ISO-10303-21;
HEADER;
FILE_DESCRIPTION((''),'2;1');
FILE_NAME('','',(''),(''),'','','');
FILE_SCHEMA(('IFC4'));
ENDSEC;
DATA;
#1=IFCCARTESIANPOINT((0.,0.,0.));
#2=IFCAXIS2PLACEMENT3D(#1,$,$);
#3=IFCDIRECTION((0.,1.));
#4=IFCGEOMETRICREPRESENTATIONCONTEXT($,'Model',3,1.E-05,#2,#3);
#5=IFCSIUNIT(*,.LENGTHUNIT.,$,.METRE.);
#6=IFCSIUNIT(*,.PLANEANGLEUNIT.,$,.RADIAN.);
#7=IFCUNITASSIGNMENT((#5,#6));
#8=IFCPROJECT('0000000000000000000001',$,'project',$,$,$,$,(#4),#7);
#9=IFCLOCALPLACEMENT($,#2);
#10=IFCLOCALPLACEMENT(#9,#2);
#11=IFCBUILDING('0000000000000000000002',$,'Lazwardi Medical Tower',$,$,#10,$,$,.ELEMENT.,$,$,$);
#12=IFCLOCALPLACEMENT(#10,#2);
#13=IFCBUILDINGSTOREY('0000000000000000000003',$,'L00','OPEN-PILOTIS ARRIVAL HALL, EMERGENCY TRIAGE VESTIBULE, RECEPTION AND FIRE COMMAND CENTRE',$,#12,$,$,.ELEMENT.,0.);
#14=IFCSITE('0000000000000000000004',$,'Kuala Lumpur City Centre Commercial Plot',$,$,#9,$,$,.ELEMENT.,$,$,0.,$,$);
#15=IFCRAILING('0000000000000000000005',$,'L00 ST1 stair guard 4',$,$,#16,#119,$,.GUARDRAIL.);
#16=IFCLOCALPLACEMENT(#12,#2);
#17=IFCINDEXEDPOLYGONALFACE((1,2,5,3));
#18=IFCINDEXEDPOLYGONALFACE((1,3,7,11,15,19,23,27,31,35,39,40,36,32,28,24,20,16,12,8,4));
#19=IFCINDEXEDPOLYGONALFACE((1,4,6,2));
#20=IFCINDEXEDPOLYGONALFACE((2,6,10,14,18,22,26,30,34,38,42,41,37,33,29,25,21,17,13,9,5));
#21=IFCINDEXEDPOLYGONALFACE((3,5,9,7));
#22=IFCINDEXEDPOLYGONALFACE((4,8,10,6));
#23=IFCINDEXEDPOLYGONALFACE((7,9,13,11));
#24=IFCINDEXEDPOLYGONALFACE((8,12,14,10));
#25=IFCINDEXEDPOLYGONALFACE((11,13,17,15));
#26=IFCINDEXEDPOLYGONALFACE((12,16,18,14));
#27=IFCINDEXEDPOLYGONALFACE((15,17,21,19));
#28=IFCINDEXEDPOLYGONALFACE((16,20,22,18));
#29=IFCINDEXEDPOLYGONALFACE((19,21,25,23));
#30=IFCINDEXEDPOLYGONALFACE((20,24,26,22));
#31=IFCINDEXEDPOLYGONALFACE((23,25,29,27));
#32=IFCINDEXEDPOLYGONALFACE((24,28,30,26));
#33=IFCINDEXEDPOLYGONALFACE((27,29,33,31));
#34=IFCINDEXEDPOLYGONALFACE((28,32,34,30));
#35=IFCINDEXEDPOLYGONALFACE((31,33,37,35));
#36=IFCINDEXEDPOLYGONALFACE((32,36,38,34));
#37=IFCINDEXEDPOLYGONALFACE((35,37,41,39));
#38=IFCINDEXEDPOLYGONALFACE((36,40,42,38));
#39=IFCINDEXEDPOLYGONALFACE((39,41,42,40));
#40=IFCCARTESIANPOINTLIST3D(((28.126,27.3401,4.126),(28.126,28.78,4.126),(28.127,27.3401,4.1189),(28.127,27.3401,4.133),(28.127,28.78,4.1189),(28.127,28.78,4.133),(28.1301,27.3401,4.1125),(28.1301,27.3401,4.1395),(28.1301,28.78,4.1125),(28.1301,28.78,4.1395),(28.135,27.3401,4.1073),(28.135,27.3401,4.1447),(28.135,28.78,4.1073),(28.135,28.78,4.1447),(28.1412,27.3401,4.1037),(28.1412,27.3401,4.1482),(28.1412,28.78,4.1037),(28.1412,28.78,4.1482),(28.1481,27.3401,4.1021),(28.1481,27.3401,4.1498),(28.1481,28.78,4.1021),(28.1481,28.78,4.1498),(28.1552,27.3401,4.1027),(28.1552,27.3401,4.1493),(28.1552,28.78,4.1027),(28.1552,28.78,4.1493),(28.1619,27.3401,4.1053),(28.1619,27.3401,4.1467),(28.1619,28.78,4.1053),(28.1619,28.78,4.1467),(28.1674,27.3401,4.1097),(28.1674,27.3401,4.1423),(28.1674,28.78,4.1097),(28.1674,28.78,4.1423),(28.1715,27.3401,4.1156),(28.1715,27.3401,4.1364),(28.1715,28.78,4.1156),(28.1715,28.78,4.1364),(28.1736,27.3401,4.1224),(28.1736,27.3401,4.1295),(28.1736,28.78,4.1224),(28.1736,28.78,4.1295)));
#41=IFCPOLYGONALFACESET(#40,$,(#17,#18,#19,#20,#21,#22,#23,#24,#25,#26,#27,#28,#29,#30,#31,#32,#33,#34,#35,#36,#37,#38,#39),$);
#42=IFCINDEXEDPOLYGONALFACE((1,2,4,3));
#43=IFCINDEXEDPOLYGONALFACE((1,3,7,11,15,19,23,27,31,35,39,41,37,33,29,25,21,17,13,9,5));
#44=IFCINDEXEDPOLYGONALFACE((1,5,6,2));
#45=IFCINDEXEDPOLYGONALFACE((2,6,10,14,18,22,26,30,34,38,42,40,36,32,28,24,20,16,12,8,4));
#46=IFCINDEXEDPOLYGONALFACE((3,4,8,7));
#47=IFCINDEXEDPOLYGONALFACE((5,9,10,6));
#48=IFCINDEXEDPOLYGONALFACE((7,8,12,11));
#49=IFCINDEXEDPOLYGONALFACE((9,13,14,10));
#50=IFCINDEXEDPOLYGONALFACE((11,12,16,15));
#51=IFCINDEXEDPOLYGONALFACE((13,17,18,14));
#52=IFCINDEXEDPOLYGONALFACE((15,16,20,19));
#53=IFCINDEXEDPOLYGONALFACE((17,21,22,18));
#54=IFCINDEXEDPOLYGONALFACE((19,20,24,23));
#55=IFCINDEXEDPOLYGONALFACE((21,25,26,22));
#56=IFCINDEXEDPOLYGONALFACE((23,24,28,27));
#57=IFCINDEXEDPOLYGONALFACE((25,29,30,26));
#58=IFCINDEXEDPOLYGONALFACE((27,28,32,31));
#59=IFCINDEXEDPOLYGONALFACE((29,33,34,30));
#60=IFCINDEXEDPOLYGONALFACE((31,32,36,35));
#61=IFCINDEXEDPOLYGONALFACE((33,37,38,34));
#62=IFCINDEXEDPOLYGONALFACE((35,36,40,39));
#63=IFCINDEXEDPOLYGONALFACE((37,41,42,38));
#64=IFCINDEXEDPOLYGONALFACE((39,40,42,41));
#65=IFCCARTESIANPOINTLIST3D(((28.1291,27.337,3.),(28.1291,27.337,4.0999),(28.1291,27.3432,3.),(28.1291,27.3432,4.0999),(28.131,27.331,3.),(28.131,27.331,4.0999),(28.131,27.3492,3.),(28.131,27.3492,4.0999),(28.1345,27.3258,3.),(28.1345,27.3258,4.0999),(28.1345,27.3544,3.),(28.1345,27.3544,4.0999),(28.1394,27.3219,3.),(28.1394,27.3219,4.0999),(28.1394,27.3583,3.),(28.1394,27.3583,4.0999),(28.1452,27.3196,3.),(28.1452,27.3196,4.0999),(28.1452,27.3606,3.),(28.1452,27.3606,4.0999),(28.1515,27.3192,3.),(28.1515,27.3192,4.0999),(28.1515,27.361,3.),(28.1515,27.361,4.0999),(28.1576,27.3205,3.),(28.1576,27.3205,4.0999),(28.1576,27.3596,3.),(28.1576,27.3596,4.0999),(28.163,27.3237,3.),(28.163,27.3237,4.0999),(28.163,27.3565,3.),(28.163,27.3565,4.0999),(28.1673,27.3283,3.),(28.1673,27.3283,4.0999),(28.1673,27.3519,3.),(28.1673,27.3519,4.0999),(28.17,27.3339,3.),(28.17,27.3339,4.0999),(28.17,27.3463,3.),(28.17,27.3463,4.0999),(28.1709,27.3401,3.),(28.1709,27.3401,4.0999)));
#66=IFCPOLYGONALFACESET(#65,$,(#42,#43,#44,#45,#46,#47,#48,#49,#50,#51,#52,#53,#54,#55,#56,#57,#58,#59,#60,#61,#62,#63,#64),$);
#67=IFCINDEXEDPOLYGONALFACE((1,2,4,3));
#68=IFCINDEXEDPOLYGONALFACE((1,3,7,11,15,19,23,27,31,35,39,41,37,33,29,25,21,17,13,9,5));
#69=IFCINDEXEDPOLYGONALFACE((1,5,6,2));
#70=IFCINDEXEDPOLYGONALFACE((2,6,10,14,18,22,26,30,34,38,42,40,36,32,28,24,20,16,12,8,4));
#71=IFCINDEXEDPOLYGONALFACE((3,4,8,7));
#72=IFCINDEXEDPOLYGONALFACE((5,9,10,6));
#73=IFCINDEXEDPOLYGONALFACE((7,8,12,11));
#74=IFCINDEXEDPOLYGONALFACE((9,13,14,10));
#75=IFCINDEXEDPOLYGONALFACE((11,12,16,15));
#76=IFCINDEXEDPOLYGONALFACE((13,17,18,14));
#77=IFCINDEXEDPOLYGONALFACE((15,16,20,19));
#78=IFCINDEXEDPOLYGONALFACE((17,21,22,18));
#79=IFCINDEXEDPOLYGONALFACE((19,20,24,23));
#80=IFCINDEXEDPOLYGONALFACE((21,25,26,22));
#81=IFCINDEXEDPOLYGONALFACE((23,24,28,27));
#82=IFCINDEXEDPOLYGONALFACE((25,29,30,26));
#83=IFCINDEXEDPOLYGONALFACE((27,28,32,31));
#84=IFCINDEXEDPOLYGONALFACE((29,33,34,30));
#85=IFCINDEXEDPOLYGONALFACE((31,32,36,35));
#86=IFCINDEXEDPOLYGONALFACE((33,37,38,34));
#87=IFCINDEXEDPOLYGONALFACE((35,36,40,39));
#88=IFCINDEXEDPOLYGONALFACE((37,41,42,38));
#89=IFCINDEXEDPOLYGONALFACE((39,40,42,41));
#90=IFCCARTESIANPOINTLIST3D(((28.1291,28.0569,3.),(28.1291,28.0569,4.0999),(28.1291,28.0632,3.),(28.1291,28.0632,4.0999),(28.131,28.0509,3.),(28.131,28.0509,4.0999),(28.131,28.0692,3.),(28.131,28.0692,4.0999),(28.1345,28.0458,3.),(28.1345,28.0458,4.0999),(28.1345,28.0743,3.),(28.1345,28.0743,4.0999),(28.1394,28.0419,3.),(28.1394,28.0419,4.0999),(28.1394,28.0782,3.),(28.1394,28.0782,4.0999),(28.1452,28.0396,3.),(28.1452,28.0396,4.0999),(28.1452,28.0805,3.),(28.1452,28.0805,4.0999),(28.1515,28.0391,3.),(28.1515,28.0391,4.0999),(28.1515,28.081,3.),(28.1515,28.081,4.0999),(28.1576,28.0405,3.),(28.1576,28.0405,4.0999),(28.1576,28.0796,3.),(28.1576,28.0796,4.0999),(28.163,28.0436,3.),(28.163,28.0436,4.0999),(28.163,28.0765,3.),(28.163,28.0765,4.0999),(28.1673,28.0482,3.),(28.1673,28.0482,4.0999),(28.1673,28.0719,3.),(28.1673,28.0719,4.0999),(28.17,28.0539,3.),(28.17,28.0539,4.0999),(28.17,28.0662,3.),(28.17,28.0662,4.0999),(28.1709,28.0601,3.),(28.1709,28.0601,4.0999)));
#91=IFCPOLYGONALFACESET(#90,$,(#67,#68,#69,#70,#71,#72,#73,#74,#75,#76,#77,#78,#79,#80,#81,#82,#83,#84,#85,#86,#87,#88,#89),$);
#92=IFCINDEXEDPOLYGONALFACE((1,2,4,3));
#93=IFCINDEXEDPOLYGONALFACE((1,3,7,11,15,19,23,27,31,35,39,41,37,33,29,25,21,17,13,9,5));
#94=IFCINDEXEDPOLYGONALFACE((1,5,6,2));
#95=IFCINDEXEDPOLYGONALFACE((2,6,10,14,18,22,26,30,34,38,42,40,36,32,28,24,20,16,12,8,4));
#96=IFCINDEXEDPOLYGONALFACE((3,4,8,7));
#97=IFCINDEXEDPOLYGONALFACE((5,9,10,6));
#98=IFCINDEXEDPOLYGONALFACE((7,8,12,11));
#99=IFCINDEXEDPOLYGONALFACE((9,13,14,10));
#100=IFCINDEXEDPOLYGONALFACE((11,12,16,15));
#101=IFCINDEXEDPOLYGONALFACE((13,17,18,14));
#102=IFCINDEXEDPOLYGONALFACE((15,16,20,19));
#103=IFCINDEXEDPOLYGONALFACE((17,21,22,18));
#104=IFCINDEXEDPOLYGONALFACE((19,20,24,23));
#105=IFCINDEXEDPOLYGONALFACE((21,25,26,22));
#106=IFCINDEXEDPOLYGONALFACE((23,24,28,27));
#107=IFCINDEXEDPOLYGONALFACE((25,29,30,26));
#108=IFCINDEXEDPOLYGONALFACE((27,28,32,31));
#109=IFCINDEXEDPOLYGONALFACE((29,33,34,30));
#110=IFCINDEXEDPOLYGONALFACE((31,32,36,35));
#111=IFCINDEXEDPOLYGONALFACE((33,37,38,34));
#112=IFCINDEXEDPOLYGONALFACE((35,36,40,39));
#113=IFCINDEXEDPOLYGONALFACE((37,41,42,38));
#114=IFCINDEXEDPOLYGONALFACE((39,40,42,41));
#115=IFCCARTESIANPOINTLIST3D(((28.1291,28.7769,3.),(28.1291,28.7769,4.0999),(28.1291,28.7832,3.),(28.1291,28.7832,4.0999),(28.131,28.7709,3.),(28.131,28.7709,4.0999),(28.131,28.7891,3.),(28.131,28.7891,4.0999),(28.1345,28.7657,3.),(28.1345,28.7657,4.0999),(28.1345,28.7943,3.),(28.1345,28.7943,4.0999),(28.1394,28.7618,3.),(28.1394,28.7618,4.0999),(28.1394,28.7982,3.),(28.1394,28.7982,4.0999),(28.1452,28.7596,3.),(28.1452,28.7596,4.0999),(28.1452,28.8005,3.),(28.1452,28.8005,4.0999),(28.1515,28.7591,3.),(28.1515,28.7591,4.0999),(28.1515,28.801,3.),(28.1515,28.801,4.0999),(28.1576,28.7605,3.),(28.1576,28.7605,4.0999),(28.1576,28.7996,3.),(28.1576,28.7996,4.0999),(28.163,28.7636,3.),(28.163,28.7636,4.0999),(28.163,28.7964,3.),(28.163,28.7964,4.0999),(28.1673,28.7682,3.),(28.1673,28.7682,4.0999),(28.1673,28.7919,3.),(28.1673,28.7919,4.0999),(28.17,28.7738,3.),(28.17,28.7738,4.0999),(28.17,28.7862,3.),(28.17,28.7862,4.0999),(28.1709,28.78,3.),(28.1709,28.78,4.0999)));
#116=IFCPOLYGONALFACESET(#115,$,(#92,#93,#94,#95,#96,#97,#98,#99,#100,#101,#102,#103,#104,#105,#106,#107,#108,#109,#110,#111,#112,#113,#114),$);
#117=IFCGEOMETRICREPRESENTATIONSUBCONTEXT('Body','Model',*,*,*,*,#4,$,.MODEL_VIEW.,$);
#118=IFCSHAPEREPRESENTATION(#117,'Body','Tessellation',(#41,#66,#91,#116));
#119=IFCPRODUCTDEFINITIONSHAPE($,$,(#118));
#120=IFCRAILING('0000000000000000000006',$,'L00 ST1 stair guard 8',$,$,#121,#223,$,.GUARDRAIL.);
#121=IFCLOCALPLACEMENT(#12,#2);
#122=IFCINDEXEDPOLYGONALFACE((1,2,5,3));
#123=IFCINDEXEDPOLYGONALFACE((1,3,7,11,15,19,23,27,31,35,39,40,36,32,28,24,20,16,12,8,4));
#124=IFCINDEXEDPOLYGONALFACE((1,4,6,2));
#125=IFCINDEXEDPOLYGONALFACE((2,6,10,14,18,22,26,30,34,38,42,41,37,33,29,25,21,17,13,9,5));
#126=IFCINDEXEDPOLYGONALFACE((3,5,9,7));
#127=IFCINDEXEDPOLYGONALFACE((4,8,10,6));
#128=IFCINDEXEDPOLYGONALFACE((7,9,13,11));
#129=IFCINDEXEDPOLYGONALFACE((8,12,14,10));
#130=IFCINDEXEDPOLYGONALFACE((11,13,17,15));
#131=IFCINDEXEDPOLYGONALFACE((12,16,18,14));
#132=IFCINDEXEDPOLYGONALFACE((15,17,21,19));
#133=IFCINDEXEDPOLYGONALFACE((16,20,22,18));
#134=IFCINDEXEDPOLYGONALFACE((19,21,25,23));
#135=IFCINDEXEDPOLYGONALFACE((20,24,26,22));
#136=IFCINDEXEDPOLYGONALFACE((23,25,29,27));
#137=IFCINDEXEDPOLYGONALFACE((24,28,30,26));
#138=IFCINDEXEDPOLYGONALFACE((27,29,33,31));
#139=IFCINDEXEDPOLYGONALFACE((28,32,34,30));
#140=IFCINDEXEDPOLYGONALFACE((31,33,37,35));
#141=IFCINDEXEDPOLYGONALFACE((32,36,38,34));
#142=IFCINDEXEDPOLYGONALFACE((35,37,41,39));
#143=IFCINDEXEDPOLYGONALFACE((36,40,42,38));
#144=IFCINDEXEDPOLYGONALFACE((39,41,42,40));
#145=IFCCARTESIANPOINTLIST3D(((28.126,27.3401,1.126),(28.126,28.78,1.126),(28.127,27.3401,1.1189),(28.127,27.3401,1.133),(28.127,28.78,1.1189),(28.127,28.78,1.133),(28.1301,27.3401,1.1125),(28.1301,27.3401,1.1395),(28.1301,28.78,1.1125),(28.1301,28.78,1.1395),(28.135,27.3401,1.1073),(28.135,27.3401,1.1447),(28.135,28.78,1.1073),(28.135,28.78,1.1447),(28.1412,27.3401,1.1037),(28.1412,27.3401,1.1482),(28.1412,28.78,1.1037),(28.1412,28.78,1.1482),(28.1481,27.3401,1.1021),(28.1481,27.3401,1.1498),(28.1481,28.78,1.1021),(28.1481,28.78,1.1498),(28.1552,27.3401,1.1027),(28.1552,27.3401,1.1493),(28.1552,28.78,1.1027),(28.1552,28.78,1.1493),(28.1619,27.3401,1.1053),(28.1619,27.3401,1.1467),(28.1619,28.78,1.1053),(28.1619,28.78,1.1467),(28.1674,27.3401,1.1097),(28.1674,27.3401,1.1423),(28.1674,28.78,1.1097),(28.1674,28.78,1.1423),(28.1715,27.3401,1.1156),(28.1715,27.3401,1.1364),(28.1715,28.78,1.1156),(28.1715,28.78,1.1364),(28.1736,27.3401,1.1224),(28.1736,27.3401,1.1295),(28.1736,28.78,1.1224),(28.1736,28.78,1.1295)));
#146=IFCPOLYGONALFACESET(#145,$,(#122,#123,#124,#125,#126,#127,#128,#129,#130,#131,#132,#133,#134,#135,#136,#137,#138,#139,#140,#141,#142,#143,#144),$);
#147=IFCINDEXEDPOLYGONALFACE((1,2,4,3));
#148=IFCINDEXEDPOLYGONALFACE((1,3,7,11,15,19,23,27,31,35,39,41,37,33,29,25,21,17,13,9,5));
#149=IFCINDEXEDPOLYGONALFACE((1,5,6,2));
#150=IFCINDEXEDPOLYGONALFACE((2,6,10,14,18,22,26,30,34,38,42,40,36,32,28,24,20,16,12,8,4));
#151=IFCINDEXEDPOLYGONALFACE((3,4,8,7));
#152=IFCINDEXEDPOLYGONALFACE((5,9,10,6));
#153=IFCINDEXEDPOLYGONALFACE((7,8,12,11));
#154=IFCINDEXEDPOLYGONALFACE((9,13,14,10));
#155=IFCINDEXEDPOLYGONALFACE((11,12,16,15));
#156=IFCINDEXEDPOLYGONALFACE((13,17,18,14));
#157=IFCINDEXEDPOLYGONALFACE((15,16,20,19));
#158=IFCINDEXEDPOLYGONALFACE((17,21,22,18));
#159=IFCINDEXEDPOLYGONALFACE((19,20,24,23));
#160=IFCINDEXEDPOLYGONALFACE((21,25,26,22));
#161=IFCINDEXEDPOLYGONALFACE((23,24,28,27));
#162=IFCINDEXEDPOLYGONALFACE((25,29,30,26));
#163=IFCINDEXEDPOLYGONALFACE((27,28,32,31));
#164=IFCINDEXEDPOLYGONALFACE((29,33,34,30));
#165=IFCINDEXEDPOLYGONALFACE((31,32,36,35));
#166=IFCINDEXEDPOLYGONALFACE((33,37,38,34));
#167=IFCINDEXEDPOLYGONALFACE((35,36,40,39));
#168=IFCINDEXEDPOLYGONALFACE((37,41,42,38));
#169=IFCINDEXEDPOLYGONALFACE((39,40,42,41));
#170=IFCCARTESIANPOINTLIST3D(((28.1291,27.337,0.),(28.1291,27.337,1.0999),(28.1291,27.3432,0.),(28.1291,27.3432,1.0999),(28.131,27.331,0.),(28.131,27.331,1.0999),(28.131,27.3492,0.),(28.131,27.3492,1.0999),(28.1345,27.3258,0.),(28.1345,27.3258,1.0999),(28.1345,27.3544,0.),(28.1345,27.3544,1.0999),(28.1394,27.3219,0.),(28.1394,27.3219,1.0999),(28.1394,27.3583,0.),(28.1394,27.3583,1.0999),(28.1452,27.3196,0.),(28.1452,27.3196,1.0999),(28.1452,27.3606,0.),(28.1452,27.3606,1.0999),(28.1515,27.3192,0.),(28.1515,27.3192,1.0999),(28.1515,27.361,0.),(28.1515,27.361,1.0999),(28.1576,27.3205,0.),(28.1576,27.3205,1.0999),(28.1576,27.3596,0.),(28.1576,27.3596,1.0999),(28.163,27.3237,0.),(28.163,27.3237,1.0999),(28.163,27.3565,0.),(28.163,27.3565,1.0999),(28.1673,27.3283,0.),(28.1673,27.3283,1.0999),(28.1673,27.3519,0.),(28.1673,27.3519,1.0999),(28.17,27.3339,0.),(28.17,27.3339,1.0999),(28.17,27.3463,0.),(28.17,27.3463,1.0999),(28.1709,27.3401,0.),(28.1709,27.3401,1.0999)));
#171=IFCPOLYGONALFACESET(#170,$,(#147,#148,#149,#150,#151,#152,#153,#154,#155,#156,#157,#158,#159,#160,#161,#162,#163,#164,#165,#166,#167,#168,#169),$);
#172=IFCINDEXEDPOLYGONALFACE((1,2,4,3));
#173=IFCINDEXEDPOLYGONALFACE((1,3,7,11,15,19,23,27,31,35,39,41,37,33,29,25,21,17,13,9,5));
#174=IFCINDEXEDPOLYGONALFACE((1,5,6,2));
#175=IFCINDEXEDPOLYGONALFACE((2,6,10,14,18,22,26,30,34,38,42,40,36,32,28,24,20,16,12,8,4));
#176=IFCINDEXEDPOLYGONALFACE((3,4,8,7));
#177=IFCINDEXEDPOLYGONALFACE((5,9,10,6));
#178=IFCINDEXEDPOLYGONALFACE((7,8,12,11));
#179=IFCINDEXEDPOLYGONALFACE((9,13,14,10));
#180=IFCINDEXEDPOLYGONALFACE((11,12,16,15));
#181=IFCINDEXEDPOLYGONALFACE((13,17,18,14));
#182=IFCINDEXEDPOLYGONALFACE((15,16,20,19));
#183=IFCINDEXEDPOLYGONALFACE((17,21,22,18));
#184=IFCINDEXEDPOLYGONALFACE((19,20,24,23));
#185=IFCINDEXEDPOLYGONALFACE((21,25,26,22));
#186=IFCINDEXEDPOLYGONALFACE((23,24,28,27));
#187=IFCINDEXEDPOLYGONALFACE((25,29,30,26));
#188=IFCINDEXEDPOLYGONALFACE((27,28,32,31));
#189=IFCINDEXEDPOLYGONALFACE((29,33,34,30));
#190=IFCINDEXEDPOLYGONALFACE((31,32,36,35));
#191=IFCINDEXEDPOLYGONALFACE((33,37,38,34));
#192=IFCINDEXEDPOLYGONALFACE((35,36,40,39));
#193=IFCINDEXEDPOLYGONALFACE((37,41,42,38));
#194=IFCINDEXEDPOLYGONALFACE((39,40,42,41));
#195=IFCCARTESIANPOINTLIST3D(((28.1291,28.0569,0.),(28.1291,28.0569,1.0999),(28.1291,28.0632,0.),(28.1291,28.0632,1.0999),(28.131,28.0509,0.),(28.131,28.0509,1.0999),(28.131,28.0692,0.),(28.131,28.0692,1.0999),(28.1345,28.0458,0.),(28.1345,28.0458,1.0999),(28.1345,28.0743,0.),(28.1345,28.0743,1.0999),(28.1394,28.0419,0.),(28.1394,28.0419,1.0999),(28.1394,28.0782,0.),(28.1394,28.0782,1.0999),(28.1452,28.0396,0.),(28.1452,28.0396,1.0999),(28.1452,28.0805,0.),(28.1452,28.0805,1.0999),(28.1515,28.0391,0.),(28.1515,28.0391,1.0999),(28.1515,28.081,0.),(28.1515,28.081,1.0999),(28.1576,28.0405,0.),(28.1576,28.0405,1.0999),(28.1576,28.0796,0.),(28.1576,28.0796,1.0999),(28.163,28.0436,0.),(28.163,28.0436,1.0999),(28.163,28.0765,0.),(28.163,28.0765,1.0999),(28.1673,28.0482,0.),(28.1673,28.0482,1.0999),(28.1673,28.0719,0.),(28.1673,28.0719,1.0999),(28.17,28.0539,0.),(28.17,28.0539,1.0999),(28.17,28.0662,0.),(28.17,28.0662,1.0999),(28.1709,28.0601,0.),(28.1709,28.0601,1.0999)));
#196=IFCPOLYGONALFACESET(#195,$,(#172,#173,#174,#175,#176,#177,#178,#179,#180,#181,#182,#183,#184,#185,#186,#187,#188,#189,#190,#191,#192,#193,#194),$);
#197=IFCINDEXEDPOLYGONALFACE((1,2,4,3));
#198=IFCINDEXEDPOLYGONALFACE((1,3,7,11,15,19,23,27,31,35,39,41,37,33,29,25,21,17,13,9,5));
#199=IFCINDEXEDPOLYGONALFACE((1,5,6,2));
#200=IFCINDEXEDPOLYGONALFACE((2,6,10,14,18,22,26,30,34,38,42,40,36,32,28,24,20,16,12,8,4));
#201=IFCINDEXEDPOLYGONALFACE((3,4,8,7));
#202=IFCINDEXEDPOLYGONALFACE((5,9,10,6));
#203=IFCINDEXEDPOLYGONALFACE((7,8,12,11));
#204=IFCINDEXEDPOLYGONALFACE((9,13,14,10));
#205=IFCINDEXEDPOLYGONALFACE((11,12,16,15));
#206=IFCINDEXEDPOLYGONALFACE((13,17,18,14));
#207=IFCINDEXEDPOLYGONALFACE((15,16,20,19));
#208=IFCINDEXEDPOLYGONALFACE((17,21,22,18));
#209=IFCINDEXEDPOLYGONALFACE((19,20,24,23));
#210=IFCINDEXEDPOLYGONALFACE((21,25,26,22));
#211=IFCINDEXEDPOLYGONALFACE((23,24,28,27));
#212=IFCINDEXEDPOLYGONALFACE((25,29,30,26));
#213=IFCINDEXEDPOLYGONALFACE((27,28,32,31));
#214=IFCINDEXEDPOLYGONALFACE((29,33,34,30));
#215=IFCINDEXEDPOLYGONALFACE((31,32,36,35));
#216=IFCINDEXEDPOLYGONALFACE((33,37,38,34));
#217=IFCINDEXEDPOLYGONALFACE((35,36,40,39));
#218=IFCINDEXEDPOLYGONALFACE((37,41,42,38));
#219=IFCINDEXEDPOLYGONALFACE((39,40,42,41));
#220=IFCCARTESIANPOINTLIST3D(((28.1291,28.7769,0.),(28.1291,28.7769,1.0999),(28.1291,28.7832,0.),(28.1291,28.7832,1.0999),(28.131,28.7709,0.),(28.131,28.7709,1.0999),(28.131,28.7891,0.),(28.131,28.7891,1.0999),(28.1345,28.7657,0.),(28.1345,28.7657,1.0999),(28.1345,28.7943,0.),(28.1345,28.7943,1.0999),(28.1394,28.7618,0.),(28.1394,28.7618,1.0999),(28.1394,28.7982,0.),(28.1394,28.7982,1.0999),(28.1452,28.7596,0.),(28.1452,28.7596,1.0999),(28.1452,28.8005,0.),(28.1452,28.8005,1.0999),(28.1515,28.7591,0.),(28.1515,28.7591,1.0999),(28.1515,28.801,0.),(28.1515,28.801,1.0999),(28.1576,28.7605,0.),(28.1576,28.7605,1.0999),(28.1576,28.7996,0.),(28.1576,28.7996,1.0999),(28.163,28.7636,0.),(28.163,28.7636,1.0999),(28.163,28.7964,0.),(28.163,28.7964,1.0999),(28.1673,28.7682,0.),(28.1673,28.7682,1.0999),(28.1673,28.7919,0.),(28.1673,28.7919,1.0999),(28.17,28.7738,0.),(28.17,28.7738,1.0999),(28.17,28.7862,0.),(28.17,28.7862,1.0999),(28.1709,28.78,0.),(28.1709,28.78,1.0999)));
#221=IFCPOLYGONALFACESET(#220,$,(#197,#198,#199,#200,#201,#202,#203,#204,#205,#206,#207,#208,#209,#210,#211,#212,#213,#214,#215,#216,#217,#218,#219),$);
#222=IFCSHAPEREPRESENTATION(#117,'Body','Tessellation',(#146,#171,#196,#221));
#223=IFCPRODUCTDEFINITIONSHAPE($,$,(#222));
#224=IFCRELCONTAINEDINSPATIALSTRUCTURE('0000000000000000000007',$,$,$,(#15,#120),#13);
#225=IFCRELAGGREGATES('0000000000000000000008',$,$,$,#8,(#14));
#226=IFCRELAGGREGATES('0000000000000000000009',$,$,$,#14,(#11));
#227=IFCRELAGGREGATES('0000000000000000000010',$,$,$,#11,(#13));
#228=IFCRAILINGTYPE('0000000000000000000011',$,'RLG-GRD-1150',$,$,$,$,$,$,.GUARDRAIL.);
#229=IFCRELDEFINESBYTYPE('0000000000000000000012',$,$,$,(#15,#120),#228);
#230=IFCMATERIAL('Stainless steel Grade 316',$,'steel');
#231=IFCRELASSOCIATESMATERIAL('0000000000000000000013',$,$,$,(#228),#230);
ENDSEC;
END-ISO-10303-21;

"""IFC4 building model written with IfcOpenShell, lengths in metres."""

from ifc_helpers import new_model, si_unit, direction, frame, origin, origin_2d, place, context, subcontext, project, spatial, circle, extrude, material, type_object, element, save


model = new_model("IFC4")

# Units and contexts
model_context = context("Model", 3, precision=1e-05, world=origin(), true_north=direction((0.0, 1.0)))
body_context = subcontext(model_context, "Body", "Model", "MODEL_VIEW")
ifc_project = project(units=[si_unit("LENGTHUNIT", "METRE"), si_unit("PLANEANGLEUNIT", "RADIAN")], contexts=[model_context])

# Site, building, storey
site_placement = place(None, origin())
site = spatial("IfcSite", under=ifc_project, at=site_placement, Name="Kuala Lumpur City Centre Commercial Plot", CompositionType="ELEMENT", RefElevation=0.0)
building_placement = place(site_placement, origin())
building = spatial("IfcBuilding", under=site, at=building_placement, Name="Lazwardi Medical Tower", CompositionType="ELEMENT")
storey_placement = place(building_placement, origin())
storey = spatial("IfcBuildingStorey", under=building, at=storey_placement, Name="L00", Description="OPEN-PILOTIS ARRIVAL HALL, EMERGENCY TRIAGE VESTIBULE, RECEPTION AND FIRE COMMAND CENTRE", CompositionType="ELEMENT", Elevation=0.0)

# Railings
ifc_material_1 = material(Name="Stainless steel Grade 316", Category="steel")
railing_type = type_object("IfcRailingType", Name="RLG-GRD-1150", PredefinedType="GUARDRAIL", material=ifc_material_1)
for number, where, name in (
    (1, (28.1499, 27.3401, 3.0), "L00 ST1 stair guard 4"),
    (2, (28.1499, 27.3401, 0.0), "L00 ST1 stair guard 8"),
):
    element("IfcRailing", number, at=place(storey_placement, frame(where)), inside=storey, type_object=railing_type, Name=name, PredefinedType="GUARDRAIL", context=body_context, shape_type="SweptSolid", body=[
        extrude(circle(Radius=0.0239, at=origin_2d()), frame((0.0, 0.0, 1.126), z_axis=(0.0, 1.0, 0.0), x_axis=(-1.0, 0.0, 0.0)), (0.0, 0.0, 1.0), 1.4399),
        extrude(circle(Radius=0.021, at=origin_2d()), origin(), (0.0, 0.0, 1.0), 1.0999),
        extrude(circle(Radius=0.021, at=origin_2d()), frame((0.0, 0.72, 0.0)), (0.0, 0.0, 1.0), 1.0999),
        extrude(circle(Radius=0.021, at=origin_2d()), frame((0.0, 1.4399, 0.0)), (0.0, 0.0, 1.0), 1.0999),
    ])

save(model, "model.ifc")
